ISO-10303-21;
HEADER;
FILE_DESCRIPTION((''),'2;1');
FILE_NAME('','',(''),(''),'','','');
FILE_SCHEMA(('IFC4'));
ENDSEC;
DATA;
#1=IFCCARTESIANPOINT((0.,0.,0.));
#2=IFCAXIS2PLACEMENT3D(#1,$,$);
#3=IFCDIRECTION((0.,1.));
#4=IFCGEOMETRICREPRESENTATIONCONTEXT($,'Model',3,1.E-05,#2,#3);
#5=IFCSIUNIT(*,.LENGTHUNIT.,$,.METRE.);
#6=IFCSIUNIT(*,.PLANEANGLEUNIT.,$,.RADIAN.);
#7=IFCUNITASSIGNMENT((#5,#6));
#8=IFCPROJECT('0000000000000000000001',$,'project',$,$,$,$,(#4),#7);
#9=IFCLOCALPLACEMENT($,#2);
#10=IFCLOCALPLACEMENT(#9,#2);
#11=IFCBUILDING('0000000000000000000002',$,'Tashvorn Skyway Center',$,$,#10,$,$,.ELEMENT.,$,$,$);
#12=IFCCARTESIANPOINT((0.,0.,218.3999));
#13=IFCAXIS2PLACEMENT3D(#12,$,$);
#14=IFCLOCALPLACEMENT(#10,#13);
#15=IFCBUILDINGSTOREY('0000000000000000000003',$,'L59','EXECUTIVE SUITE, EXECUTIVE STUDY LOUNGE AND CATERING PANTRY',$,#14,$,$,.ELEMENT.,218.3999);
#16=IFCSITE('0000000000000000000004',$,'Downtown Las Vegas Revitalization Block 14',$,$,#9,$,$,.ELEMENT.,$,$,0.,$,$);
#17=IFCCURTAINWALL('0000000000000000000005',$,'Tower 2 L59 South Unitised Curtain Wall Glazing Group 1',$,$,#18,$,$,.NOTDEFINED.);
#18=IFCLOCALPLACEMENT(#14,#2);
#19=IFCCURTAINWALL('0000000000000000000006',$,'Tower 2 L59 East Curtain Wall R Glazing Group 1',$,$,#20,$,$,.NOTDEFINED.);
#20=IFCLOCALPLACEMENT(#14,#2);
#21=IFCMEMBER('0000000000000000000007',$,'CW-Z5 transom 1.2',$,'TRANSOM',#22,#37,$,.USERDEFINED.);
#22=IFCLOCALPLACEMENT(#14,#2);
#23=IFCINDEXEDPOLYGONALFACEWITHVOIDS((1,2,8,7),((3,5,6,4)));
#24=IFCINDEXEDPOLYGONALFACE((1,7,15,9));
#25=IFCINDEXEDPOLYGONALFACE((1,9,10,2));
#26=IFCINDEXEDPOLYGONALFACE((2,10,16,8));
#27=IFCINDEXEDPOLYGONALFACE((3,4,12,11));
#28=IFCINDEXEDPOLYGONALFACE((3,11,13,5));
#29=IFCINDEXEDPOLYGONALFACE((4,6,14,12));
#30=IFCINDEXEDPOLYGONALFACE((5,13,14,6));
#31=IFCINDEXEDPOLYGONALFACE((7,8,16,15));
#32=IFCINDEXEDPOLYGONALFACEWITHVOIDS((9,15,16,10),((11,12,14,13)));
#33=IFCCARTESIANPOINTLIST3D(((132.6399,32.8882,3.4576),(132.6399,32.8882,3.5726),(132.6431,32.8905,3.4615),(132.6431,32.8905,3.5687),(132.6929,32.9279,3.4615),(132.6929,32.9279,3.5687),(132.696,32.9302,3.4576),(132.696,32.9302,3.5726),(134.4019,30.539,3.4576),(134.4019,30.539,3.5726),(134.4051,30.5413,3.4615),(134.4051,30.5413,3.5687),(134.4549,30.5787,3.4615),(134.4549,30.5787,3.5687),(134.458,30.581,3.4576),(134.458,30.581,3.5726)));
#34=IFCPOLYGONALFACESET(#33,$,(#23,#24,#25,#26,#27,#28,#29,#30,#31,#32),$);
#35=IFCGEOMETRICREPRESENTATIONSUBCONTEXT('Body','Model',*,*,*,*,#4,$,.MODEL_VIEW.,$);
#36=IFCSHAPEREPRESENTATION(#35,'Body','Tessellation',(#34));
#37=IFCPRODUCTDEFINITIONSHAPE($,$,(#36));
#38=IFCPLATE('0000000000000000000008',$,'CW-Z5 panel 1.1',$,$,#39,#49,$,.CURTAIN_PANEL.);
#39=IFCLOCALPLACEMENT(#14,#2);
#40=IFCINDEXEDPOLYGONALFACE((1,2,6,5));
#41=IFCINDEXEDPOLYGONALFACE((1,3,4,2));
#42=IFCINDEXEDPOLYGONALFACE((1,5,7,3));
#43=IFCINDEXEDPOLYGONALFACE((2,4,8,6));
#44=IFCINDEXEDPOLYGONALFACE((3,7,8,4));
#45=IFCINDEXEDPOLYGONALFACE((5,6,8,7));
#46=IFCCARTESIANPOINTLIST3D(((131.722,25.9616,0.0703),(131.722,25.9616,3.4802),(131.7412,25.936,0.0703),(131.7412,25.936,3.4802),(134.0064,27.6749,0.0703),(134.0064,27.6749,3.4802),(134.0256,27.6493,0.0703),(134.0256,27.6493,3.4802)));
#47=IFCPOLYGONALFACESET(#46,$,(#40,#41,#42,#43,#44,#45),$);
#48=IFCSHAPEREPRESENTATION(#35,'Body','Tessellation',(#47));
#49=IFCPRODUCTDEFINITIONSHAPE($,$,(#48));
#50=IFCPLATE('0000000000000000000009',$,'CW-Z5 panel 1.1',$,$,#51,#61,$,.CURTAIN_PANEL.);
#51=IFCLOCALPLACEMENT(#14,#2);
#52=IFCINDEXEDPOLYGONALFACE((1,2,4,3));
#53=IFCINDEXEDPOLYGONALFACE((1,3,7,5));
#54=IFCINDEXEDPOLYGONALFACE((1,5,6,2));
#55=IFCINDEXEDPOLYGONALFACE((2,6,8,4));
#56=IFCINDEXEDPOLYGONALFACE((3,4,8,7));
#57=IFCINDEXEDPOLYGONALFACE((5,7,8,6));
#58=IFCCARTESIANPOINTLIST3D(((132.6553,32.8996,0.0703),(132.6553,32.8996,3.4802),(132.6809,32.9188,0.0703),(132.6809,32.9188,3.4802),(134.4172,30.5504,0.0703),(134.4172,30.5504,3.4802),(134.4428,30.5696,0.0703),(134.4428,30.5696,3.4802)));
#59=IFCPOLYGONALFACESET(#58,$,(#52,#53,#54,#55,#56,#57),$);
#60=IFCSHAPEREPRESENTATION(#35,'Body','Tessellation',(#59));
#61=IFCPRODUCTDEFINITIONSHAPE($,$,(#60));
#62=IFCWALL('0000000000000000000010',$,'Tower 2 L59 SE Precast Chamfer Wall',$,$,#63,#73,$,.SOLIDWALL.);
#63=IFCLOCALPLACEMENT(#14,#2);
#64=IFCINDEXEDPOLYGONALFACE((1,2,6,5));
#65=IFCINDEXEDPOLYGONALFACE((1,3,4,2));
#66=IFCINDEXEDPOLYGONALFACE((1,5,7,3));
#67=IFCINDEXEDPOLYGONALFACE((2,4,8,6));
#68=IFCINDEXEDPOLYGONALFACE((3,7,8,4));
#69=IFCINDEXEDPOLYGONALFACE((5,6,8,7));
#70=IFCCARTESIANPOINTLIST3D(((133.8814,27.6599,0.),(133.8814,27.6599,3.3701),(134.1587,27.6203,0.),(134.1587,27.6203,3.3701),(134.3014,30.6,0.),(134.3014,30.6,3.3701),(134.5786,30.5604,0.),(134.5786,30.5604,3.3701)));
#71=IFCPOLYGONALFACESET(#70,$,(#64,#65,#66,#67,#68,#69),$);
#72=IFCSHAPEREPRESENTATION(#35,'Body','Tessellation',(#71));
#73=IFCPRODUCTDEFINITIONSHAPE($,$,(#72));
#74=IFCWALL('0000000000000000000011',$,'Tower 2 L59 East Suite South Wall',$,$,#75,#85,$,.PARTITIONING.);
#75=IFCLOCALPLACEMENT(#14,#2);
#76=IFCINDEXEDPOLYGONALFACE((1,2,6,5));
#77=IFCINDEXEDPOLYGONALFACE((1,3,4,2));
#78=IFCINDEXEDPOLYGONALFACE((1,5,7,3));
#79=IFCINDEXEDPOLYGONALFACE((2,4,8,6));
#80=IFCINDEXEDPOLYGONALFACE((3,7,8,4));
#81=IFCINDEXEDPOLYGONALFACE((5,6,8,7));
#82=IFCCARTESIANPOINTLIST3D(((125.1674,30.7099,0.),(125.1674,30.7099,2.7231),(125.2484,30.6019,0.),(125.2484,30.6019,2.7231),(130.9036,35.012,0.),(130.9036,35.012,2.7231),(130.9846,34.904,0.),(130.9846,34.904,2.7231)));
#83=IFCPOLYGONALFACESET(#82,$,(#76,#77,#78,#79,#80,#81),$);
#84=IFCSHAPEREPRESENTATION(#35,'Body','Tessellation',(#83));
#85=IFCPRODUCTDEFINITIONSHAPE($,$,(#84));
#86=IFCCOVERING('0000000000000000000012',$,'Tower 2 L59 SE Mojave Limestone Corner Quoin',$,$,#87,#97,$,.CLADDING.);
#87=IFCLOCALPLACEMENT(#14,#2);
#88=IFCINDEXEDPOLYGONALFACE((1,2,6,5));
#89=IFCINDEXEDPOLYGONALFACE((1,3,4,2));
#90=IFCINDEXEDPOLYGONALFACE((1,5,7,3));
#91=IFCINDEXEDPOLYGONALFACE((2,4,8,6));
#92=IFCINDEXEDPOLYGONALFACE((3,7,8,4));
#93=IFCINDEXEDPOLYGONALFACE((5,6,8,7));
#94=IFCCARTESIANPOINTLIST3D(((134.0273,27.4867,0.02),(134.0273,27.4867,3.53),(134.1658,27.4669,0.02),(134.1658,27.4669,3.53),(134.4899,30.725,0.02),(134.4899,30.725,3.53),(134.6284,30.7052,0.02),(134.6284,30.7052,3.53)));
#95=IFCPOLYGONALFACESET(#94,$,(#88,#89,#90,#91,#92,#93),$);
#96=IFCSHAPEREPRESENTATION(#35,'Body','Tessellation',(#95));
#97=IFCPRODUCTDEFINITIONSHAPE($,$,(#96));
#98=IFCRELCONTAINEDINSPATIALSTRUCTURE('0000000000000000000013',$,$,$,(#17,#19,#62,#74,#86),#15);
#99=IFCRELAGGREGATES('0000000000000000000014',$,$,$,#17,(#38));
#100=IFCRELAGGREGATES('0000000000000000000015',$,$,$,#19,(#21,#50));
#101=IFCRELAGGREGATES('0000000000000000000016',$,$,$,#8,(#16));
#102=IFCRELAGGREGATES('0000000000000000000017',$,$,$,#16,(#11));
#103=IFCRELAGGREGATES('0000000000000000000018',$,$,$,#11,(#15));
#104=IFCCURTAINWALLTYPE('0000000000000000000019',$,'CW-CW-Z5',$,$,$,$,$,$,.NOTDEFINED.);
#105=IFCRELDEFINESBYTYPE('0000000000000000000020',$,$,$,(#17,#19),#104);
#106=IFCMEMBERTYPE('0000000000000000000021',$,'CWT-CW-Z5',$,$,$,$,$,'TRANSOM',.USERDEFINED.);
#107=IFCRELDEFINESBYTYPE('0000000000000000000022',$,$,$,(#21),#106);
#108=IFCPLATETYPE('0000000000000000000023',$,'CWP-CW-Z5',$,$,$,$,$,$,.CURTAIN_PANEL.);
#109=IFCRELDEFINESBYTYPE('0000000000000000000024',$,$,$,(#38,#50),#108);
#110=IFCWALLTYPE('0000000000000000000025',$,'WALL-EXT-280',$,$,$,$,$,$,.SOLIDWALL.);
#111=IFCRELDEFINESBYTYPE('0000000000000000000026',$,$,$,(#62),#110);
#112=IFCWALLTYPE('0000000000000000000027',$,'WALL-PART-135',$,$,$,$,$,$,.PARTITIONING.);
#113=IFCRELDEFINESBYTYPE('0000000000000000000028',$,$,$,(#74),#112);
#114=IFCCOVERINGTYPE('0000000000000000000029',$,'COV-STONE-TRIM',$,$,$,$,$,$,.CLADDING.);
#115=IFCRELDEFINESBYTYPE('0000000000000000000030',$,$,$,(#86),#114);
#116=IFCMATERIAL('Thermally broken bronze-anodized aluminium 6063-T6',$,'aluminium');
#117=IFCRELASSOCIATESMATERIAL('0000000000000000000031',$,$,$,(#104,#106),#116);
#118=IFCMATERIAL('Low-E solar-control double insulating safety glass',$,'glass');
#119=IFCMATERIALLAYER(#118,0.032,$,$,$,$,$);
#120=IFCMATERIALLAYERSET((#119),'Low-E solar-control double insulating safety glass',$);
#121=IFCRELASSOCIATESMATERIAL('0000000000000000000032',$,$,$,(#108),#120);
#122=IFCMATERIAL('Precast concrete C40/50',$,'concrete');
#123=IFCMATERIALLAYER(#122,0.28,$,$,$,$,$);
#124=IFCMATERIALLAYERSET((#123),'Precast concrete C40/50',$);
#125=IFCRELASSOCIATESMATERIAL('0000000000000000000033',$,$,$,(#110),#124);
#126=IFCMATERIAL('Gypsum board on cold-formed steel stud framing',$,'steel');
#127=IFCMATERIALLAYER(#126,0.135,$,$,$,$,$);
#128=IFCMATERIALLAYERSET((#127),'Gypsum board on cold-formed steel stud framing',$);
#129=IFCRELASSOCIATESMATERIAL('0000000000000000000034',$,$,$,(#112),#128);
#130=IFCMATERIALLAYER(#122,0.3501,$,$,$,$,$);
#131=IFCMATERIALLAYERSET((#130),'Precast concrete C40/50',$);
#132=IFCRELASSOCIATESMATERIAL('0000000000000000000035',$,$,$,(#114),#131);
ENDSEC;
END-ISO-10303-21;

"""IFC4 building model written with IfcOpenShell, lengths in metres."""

from ifc_helpers import new_model, si_unit, direction, frame, frame_2d, origin, origin_2d, place, context, subcontext, project, spatial, rectangle, hollow_rectangle, extrude, material, layer, layer_set, material_profile, profile_set, type_object, element, aggregate, save


model = new_model("IFC4")

# Units and contexts
model_context = context("Model", 3, precision=1e-05, world=origin(), true_north=direction((0.0, 1.0)))
body_context = subcontext(model_context, "Body", "Model", "MODEL_VIEW")
ifc_project = project(units=[si_unit("LENGTHUNIT", "METRE"), si_unit("PLANEANGLEUNIT", "RADIAN")], contexts=[model_context])

# Site, building, storey
site_placement = place(None, origin())
site = spatial("IfcSite", under=ifc_project, at=site_placement, Name="Downtown Las Vegas Revitalization Block 14", CompositionType="ELEMENT", RefElevation=0.0)
building_placement = place(site_placement, origin())
building = spatial("IfcBuilding", under=site, at=building_placement, Name="Tashvorn Skyway Center", CompositionType="ELEMENT")
storey_placement = place(building_placement, frame((0.0, 0.0, 218.3999)))
storey = spatial("IfcBuildingStorey", under=building, at=storey_placement, Name="L59", Description="EXECUTIVE SUITE, EXECUTIVE STUDY LOUNGE AND CATERING PANTRY", CompositionType="ELEMENT", Elevation=218.3999)

# Curtain wall
ifc_material_1 = material(Name="Thermally broken bronze-anodized aluminium 6063-T6", Category="aluminium")
curtain_wall_type = type_object("IfcCurtainWallType", Name="CW-CW-Z5", PredefinedType="NOTDEFINED", material=ifc_material_1)
curtain_wall_1_placement = place(storey_placement, origin())
curtain_wall_1 = element("IfcCurtainWall", 1, at=curtain_wall_1_placement, inside=storey, type_object=curtain_wall_type, Name="Tower 2 L59 South Unitised Curtain Wall Glazing Group 1", PredefinedType="NOTDEFINED")

# Curtain wall
curtain_wall_2_placement = place(storey_placement, origin())
curtain_wall_2 = element("IfcCurtainWall", 2, at=curtain_wall_2_placement, inside=storey, type_object=curtain_wall_type, Name="Tower 2 L59 East Curtain Wall R Glazing Group 1", PredefinedType="NOTDEFINED")

# Member
ifc_material_profile_1 = material_profile(ifc_material_1, hollow_rectangle(XDim=0.0701, YDim=0.115, WallThickness=0.0039, at=origin_2d()), Name="ALU-TRAN-70x115")
ifc_profile_set_1 = profile_set([ifc_material_profile_1], Name="Thermally broken bronze-anodized aluminium 6063-T6")
member_type_1 = type_object("IfcMemberType", Name="CWT-CW-Z5", ElementType="TRANSOM", PredefinedType="USERDEFINED", material=ifc_profile_set_1)
member_1_placement = place(storey_placement, frame((132.668, 32.9092, 3.5151), z_axis=(0.600027, -0.79998, 0.0), x_axis=(0.79998, 0.600027, 0.0)))
member_1 = element("IfcMember", 3, at=member_1_placement, type_object=member_type_1, Name="CW-Z5 transom 1.2", ObjectType="TRANSOM", PredefinedType="USERDEFINED", context=body_context, shape_type="SweptSolid", body=[
    extrude(hollow_rectangle(XDim=0.0701, YDim=0.115, WallThickness=0.0039, at=origin_2d()), origin(), (0.0, 0.0, 1.0), 2.9365),
])

# Plates
ifc_material_2 = material(Name="Low-E solar-control double insulating safety glass", Category="glass")
ifc_layer_1 = layer(ifc_material_2, 0.032)
ifc_layer_set_1 = layer_set([ifc_layer_1], Name="Low-E solar-control double insulating safety glass")
plate_type = type_object("IfcPlateType", Name="CWP-CW-Z5", PredefinedType="CURTAIN_PANEL", material=ifc_layer_set_1)
plate_1_placement = place(storey_placement, frame((132.8738, 26.8054, 0.0703), z_axis=(0.0, 0.0, 1.0), x_axis=(-0.8, -0.6, 0.0)))
plate_1 = element("IfcPlate", 4, at=plate_1_placement, type_object=plate_type, Name="CW-Z5 panel 1.1", PredefinedType="CURTAIN_PANEL", context=body_context, shape_type="SweptSolid", body=[
    extrude(rectangle(XDim=2.8555, YDim=0.032, at=origin_2d()), origin(), (0.0, 0.0, 1.0), 3.4099),
])
aggregate(curtain_wall_1, [plate_1])
plate_2_placement = place(storey_placement, frame((133.5491, 31.7346, 0.0703), z_axis=(0.0, 0.0, 1.0), x_axis=(0.600005, -0.799996, 0.0)))
plate_2 = element("IfcPlate", 5, at=plate_2_placement, type_object=plate_type, Name="CW-Z5 panel 1.1", PredefinedType="CURTAIN_PANEL", context=body_context, shape_type="SweptSolid", body=[
    extrude(rectangle(XDim=2.9365, YDim=0.032, at=origin_2d()), origin(), (0.0, 0.0, 1.0), 3.4099),
])
aggregate(curtain_wall_2, [member_1, plate_2])

# Walls
ifc_material_3 = material(Name="Precast concrete C40/50", Category="concrete")
ifc_layer_2 = layer(ifc_material_3, 0.28)
ifc_layer_set_2 = layer_set([ifc_layer_2], Name="Precast concrete C40/50")
wall_type_1 = type_object("IfcWallType", Name="WALL-EXT-280", PredefinedType="SOLIDWALL", material=ifc_layer_set_2)
wall_1_placement = place(storey_placement, frame((134.4399, 30.5801, 0.0), z_axis=(0.0, 0.0, 1.0), x_axis=(-0.141387, -0.989954, 0.0)))
element("IfcWall", 6, at=wall_1_placement, inside=storey, type_object=wall_type_1, Name="Tower 2 L59 SE Precast Chamfer Wall", PredefinedType="SOLIDWALL", context=body_context, shape_type="SweptSolid", body=[
    extrude(rectangle(XDim=2.97, YDim=0.28, at=frame_2d((1.4849, 0.0))), origin(), (0.0, 0.0, 1.0), 3.3701),
])
ifc_material_4 = material(Name="Gypsum board on cold-formed steel stud framing", Category="steel")
ifc_layer_3 = layer(ifc_material_4, 0.135)
ifc_layer_set_3 = layer_set([ifc_layer_3], Name="Gypsum board on cold-formed steel stud framing")
wall_type_2 = type_object("IfcWallType", Name="WALL-PART-135", PredefinedType="PARTITIONING", material=ifc_layer_set_3)
wall_2_placement = place(storey_placement, frame((125.208, 30.656, 0.0), z_axis=(0.0, 0.0, 1.0), x_axis=(0.800004, 0.599995, 0.0)))
element("IfcWall", 7, at=wall_2_placement, inside=storey, type_object=wall_type_2, Name="Tower 2 L59 East Suite South Wall", PredefinedType="PARTITIONING", context=body_context, shape_type="SweptSolid", body=[
    extrude(rectangle(XDim=7.1702, YDim=0.135, at=frame_2d((3.585, 0.0))), origin(), (0.0, 0.0, 1.0), 2.7231),
])

# Covering
ifc_layer_4 = layer(ifc_material_3, 0.3501)
ifc_layer_set_4 = layer_set([ifc_layer_4], Name="Precast concrete C40/50")
covering_type = type_object("IfcCoveringType", Name="COV-STONE-TRIM", PredefinedType="CLADDING", material=ifc_layer_set_4)
covering_placement = place(storey_placement, frame((134.3279, 29.0959, 0.02), z_axis=(0.0, 0.0, 1.0), x_axis=(0.141421, 0.989949, 0.0)))
element("IfcCovering", 8, at=covering_placement, inside=storey, type_object=covering_type, Name="Tower 2 L59 SE Mojave Limestone Corner Quoin", PredefinedType="CLADDING", context=body_context, shape_type="SweptSolid", body=[
    extrude(rectangle(XDim=3.2712, YDim=0.1399, at=origin_2d()), origin(), (0.0, 0.0, 1.0), 3.51),
])

save(model, "model.ifc")
